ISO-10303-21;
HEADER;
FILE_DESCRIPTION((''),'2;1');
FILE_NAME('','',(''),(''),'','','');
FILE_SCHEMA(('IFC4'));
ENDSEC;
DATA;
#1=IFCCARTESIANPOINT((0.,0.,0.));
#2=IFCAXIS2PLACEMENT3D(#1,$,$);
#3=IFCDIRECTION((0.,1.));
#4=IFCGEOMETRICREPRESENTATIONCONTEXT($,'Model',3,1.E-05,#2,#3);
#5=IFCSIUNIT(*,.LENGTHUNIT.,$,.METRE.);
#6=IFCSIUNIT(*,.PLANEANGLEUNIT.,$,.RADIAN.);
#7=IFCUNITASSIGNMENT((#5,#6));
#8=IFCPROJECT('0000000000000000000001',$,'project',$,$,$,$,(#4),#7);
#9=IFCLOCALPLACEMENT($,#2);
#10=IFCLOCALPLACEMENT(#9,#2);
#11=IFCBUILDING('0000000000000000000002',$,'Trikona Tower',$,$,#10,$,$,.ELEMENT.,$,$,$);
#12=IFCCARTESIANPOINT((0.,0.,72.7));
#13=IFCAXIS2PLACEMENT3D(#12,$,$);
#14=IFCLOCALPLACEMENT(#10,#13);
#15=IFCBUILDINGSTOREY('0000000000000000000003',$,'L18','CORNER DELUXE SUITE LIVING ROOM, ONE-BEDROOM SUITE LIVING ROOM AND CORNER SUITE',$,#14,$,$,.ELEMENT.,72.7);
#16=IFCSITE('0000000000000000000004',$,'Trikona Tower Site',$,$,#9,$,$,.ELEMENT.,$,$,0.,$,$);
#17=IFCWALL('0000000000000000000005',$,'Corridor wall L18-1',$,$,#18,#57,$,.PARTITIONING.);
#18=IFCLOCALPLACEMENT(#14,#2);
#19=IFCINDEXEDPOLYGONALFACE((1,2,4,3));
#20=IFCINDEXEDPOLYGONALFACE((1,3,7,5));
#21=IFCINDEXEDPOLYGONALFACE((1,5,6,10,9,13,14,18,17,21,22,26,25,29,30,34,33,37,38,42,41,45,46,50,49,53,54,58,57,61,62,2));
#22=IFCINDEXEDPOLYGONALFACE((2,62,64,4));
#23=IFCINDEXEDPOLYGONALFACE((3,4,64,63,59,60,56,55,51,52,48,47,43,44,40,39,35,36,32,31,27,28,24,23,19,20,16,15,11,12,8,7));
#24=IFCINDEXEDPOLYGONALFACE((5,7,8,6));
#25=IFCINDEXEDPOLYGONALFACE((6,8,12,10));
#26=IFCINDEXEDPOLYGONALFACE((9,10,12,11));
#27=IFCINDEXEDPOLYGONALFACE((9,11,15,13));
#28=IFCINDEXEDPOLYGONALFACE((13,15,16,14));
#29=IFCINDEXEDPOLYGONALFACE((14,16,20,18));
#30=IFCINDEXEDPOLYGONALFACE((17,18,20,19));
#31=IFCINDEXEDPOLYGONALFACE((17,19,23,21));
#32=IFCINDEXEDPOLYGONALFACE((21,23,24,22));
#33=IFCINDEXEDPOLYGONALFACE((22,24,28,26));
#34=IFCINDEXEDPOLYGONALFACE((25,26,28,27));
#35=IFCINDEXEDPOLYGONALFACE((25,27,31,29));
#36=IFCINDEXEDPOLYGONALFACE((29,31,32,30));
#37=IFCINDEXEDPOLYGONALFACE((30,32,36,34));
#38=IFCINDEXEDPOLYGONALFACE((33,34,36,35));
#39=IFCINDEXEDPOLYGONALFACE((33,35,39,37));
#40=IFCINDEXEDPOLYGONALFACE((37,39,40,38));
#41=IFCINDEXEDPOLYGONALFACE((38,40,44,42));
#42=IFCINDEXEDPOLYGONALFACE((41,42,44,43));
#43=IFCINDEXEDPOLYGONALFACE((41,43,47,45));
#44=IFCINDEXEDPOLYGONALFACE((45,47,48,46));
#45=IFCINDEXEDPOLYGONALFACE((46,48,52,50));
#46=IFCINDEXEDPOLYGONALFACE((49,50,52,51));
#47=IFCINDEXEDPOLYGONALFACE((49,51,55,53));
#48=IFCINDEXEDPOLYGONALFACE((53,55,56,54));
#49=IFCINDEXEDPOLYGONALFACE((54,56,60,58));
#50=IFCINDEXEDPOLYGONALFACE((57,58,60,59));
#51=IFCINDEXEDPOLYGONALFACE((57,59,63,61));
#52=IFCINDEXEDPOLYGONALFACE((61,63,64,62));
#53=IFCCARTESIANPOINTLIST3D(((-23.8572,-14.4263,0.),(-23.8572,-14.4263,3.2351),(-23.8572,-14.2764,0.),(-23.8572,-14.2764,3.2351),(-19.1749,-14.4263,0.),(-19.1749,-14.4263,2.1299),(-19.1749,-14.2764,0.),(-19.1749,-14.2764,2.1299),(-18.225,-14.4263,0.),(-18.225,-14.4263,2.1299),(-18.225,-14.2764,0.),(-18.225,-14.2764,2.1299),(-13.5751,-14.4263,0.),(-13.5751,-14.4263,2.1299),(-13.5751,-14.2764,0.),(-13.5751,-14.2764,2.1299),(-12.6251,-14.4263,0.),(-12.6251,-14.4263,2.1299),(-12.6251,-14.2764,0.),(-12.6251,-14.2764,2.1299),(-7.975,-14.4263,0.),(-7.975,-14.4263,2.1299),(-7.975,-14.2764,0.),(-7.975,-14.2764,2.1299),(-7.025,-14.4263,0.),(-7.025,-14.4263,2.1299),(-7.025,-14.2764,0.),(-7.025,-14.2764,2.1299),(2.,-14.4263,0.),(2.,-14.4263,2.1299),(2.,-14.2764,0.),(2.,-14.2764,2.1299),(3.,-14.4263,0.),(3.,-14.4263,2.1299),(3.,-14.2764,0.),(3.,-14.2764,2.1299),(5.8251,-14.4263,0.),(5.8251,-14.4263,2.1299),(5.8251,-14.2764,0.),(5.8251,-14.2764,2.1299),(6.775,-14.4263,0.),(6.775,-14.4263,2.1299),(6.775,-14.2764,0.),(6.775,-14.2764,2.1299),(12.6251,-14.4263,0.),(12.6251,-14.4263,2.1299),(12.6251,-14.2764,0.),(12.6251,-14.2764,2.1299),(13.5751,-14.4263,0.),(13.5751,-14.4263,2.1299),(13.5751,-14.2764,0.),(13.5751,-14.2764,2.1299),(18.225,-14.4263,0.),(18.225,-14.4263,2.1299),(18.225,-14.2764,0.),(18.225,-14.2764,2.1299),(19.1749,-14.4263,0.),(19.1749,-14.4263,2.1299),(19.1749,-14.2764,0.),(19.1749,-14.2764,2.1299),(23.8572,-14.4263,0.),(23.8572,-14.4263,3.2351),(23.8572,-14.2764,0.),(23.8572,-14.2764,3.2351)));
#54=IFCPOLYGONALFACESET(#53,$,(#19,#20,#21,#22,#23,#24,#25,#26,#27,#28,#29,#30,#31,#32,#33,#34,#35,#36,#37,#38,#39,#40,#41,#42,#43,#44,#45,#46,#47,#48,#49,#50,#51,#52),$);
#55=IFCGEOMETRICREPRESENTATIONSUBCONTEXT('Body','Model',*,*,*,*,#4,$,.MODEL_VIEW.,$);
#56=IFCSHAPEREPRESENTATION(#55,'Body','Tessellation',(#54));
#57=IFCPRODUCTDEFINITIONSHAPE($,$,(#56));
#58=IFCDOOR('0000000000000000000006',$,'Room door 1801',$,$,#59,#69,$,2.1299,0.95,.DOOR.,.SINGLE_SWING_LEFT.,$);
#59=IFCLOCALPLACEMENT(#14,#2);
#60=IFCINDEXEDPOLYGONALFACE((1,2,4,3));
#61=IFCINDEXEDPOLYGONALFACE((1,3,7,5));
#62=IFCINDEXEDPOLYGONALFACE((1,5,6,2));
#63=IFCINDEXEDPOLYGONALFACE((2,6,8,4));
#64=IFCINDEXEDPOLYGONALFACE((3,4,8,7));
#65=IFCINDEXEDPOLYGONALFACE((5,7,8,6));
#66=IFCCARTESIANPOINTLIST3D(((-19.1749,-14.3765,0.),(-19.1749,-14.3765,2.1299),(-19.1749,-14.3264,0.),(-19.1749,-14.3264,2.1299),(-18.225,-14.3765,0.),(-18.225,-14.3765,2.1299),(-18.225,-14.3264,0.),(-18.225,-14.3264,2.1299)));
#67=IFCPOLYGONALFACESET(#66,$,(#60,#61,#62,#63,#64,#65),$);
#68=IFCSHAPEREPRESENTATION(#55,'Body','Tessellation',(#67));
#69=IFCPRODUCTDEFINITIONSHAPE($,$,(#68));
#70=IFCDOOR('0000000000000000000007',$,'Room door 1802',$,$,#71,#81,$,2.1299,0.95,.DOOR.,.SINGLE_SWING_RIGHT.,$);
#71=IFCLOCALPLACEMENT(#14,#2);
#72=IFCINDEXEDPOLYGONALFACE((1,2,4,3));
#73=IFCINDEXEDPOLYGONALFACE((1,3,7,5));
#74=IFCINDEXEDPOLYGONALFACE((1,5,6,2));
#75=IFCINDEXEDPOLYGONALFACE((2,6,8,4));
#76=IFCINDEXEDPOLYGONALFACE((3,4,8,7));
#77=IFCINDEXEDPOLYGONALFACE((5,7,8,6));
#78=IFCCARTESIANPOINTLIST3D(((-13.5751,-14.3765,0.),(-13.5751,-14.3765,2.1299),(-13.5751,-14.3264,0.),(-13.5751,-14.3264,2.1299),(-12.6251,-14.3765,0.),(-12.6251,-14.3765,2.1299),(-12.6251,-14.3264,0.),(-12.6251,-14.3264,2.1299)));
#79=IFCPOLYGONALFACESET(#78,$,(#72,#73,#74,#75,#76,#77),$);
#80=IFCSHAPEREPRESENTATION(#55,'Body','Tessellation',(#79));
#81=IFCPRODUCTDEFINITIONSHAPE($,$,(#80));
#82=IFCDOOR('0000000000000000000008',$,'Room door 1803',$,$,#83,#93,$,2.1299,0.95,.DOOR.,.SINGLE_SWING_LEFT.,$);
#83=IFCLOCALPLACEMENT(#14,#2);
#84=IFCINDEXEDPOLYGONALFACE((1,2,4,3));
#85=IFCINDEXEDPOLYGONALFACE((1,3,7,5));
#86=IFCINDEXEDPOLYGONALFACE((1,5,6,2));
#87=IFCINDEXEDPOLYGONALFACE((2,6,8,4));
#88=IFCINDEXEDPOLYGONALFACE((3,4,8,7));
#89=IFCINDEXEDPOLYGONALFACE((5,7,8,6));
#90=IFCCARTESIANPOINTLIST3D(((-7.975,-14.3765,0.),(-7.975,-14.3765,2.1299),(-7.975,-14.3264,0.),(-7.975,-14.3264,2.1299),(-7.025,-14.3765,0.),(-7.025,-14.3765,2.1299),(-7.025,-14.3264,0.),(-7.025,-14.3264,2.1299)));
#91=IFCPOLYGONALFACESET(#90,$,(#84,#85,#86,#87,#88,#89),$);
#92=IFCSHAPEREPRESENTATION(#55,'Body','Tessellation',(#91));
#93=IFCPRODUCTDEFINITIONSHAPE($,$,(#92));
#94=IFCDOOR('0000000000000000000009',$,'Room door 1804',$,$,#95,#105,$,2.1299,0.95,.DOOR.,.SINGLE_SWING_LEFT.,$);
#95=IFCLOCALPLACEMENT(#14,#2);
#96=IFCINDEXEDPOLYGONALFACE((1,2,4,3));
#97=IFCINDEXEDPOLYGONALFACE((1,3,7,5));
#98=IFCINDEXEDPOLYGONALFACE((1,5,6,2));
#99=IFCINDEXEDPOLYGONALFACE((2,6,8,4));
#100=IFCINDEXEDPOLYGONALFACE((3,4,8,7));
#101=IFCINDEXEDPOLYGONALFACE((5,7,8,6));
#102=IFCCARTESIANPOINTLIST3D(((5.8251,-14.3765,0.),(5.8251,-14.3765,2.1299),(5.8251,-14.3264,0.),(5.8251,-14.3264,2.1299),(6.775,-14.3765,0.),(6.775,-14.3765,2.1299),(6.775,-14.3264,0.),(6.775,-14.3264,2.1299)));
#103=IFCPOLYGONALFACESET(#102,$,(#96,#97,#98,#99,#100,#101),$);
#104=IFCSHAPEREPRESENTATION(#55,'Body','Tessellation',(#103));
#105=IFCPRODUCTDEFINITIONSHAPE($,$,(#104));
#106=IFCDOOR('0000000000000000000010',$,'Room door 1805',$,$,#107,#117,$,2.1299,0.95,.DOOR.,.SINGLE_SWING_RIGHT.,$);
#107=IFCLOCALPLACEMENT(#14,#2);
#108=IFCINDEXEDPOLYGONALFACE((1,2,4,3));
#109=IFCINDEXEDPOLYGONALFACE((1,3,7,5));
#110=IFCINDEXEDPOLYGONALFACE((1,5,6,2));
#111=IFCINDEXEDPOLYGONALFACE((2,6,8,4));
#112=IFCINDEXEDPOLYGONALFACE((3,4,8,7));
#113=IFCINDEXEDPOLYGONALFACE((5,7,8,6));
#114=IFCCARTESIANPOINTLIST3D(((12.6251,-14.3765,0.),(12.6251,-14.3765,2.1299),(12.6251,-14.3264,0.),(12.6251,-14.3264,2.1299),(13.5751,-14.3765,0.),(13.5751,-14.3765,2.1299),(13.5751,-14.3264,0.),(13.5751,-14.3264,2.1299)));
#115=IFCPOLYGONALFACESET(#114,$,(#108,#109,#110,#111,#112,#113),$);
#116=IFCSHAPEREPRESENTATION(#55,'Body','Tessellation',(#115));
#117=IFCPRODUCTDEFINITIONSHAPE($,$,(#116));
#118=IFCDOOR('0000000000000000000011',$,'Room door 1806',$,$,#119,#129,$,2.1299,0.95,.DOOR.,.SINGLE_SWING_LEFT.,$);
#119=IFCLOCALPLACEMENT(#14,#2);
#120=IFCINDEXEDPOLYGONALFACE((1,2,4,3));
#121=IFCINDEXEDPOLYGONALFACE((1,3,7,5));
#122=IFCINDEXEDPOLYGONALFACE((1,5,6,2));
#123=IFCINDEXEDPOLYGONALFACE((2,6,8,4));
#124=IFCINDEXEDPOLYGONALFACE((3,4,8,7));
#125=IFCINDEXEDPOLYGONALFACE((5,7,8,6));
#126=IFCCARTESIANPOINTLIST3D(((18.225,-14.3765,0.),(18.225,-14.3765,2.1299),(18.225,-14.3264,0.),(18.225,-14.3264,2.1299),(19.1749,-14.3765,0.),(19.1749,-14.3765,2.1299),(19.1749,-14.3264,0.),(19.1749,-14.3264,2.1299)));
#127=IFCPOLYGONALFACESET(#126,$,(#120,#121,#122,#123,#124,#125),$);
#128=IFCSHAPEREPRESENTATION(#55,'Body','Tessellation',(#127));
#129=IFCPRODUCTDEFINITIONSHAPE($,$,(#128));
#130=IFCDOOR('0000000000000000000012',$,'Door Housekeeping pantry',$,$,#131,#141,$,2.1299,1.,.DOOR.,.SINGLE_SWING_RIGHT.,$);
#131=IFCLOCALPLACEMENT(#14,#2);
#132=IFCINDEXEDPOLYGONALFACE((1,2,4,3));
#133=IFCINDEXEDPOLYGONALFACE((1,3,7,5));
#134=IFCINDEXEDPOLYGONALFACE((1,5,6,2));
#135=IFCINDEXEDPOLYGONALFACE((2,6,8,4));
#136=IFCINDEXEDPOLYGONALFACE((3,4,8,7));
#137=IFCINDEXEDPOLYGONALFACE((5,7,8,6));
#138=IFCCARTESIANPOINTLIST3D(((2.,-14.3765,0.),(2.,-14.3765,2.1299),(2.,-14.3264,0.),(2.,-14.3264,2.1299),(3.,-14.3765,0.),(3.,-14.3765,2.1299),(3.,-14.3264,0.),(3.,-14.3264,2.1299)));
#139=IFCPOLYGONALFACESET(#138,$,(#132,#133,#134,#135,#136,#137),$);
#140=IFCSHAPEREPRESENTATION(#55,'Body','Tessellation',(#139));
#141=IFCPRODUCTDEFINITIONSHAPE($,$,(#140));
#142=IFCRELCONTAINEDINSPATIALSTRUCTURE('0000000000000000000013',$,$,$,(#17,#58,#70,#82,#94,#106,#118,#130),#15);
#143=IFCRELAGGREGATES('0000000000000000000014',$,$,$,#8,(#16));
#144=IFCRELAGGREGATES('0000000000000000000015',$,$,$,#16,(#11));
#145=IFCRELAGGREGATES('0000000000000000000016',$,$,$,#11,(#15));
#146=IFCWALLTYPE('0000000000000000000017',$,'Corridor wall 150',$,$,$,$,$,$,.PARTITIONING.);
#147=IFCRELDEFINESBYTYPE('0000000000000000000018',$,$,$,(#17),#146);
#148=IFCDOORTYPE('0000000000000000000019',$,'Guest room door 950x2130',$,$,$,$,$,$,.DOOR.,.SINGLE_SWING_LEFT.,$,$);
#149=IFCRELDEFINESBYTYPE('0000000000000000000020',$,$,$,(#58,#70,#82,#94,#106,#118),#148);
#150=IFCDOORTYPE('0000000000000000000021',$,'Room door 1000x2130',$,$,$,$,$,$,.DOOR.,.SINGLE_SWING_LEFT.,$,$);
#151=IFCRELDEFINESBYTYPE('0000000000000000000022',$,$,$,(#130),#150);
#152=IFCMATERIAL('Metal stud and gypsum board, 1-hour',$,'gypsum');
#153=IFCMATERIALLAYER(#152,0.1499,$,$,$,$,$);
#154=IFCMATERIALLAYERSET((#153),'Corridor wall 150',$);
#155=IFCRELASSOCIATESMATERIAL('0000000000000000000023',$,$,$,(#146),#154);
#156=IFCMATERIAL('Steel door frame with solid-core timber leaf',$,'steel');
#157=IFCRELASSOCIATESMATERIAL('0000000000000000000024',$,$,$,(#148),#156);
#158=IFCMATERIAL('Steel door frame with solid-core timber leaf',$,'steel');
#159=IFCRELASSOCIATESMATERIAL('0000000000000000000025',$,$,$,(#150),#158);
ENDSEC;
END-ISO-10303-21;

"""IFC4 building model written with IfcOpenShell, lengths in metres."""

from ifc_helpers import new_model, si_unit, direction, frame, frame_2d, origin, place, context, subcontext, project, spatial, rectangle, extrude, material, layer, layer_set, type_object, element, fill, save


model = new_model("IFC4")

# Units and contexts
model_context = context("Model", 3, precision=1e-05, world=origin(), true_north=direction((0.0, 1.0)))
body_context = subcontext(model_context, "Body", "Model", "MODEL_VIEW")
ifc_project = project(units=[si_unit("LENGTHUNIT", "METRE"), si_unit("PLANEANGLEUNIT", "RADIAN")], contexts=[model_context])

# Site, building, storey
site_placement = place(None, origin())
site = spatial("IfcSite", under=ifc_project, at=site_placement, Name="Trikona Tower Site", CompositionType="ELEMENT", RefElevation=0.0)
building_placement = place(site_placement, origin())
building = spatial("IfcBuilding", under=site, at=building_placement, Name="Trikona Tower", CompositionType="ELEMENT")
storey_placement = place(building_placement, frame((0.0, 0.0, 72.7)))
storey = spatial("IfcBuildingStorey", under=building, at=storey_placement, Name="L18", Description="CORNER DELUXE SUITE LIVING ROOM, ONE-BEDROOM SUITE LIVING ROOM AND CORNER SUITE", CompositionType="ELEMENT", Elevation=72.7)

# Wall, openings, doors
ifc_material_1 = material(Name="Metal stud and gypsum board, 1-hour", Category="gypsum")
ifc_layer_1 = layer(ifc_material_1, 0.1499)
ifc_layer_set_1 = layer_set([ifc_layer_1], Name="Corridor wall 150")
wall_type_1 = type_object("IfcWallType", Name="Corridor wall 150", PredefinedType="PARTITIONING", material=ifc_layer_set_1)
wall_1_placement = place(storey_placement, frame((-23.8572, -14.3513, 0.0), z_axis=(0.0, 0.0, 1.0), x_axis=(1.0, 0.0, 0.0)))
wall_1 = element("IfcWall", 1, at=wall_1_placement, inside=storey, type_object=wall_type_1, Name="Corridor wall L18-1", PredefinedType="PARTITIONING", context=body_context, shape_type="SweptSolid", body=[
    extrude(rectangle(XDim=47.7144, YDim=0.1499, at=frame_2d((23.8572, 0.0))), origin(), (0.0, 0.0, 1.0), 3.2351),
])
opening_1_placement = place(wall_1_placement, frame((4.6821, 0.0, 0.0)))
opening_1 = element("IfcOpeningElement", 2, at=opening_1_placement, cuts=wall_1, PredefinedType="OPENING", context=body_context, shape_type="SweptSolid", body=[
    extrude(rectangle(XDim=0.95, YDim=2.1299, at=frame_2d((0.4751, 1.0649))), frame((0.0, 0.085, 0.0), z_axis=(0.0, -1.0, 0.0), x_axis=(1.0, 0.0, 0.0)), (0.0, 0.0, 1.0), 0.1699),
])
opening_2_placement = place(wall_1_placement, frame((10.282, 0.0, 0.0)))
opening_2 = element("IfcOpeningElement", 3, at=opening_2_placement, cuts=wall_1, PredefinedType="OPENING", context=body_context, shape_type="SweptSolid", body=[
    extrude(rectangle(XDim=0.95, YDim=2.1299, at=frame_2d((0.4751, 1.0649))), frame((0.0, 0.085, 0.0), z_axis=(0.0, -1.0, 0.0), x_axis=(1.0, 0.0, 0.0)), (0.0, 0.0, 1.0), 0.1699),
])
opening_3_placement = place(wall_1_placement, frame((15.8821, 0.0, 0.0)))
opening_3 = element("IfcOpeningElement", 4, at=opening_3_placement, cuts=wall_1, PredefinedType="OPENING", context=body_context, shape_type="SweptSolid", body=[
    extrude(rectangle(XDim=0.95, YDim=2.1299, at=frame_2d((0.4751, 1.0649))), frame((0.0, 0.085, 0.0), z_axis=(0.0, -1.0, 0.0), x_axis=(1.0, 0.0, 0.0)), (0.0, 0.0, 1.0), 0.1699),
])
opening_4_placement = place(wall_1_placement, frame((25.8572, 0.0, 0.0)))
opening_4 = element("IfcOpeningElement", 5, at=opening_4_placement, cuts=wall_1, PredefinedType="OPENING", context=body_context, shape_type="SweptSolid", body=[
    extrude(rectangle(XDim=1.0, YDim=2.1299, at=frame_2d((0.5, 1.0649))), frame((0.0, 0.085, 0.0), z_axis=(0.0, -1.0, 0.0), x_axis=(1.0, 0.0, 0.0)), (0.0, 0.0, 1.0), 0.1699),
])
opening_5_placement = place(wall_1_placement, frame((29.6821, 0.0, 0.0)))
opening_5 = element("IfcOpeningElement", 6, at=opening_5_placement, cuts=wall_1, PredefinedType="OPENING", context=body_context, shape_type="SweptSolid", body=[
    extrude(rectangle(XDim=0.95, YDim=2.1299, at=frame_2d((0.4751, 1.0649))), frame((0.0, 0.085, 0.0), z_axis=(0.0, -1.0, 0.0), x_axis=(1.0, 0.0, 0.0)), (0.0, 0.0, 1.0), 0.1699),
])
opening_6_placement = place(wall_1_placement, frame((36.4822, 0.0, 0.0)))
opening_6 = element("IfcOpeningElement", 7, at=opening_6_placement, cuts=wall_1, PredefinedType="OPENING", context=body_context, shape_type="SweptSolid", body=[
    extrude(rectangle(XDim=0.95, YDim=2.1299, at=frame_2d((0.4751, 1.0649))), frame((0.0, 0.085, 0.0), z_axis=(0.0, -1.0, 0.0), x_axis=(1.0, 0.0, 0.0)), (0.0, 0.0, 1.0), 0.1699),
])
opening_7_placement = place(wall_1_placement, frame((42.082, 0.0, 0.0)))
opening_7 = element("IfcOpeningElement", 8, at=opening_7_placement, cuts=wall_1, PredefinedType="OPENING", context=body_context, shape_type="SweptSolid", body=[
    extrude(rectangle(XDim=0.95, YDim=2.1299, at=frame_2d((0.4751, 1.0649))), frame((0.0, 0.085, 0.0), z_axis=(0.0, -1.0, 0.0), x_axis=(1.0, 0.0, 0.0)), (0.0, 0.0, 1.0), 0.1699),
])
ifc_material_2 = material(Name="Steel door frame with solid-core timber leaf", Category="steel")
door_type_1 = type_object("IfcDoorType", Name="Guest room door 950x2130", OperationType="SINGLE_SWING_LEFT", PredefinedType="DOOR", material=ifc_material_2)
door_1_placement = place(opening_1_placement, origin())
door_1 = element("IfcDoor", 9, at=door_1_placement, inside=storey, type_object=door_type_1, Name="Room door 1801", OperationType="SINGLE_SWING_LEFT", OverallHeight=2.1299, OverallWidth=0.95, PredefinedType="DOOR", context=body_context, shape_type="SweptSolid", body=[
    extrude(rectangle(XDim=0.95, YDim=2.1299, at=frame_2d((0.4751, 1.0649))), frame((0.0, 0.0249, 0.0), z_axis=(0.0, -1.0, 0.0), x_axis=(1.0, 0.0, 0.0)), (0.0, 0.0, 1.0), 0.05),
])
fill(opening_1, door_1)
door_2_placement = place(opening_2_placement, origin())
door_2 = element("IfcDoor", 10, at=door_2_placement, inside=storey, type_object=door_type_1, Name="Room door 1802", OperationType="SINGLE_SWING_RIGHT", OverallHeight=2.1299, OverallWidth=0.95, PredefinedType="DOOR", context=body_context, shape_type="SweptSolid", body=[
    extrude(rectangle(XDim=0.95, YDim=2.1299, at=frame_2d((0.4751, 1.0649))), frame((0.0, 0.0249, 0.0), z_axis=(0.0, -1.0, 0.0), x_axis=(1.0, 0.0, 0.0)), (0.0, 0.0, 1.0), 0.05),
])
fill(opening_2, door_2)
door_3_placement = place(opening_3_placement, origin())
door_3 = element("IfcDoor", 11, at=door_3_placement, inside=storey, type_object=door_type_1, Name="Room door 1803", OperationType="SINGLE_SWING_LEFT", OverallHeight=2.1299, OverallWidth=0.95, PredefinedType="DOOR", context=body_context, shape_type="SweptSolid", body=[
    extrude(rectangle(XDim=0.95, YDim=2.1299, at=frame_2d((0.4751, 1.0649))), frame((0.0, 0.0249, 0.0), z_axis=(0.0, -1.0, 0.0), x_axis=(1.0, 0.0, 0.0)), (0.0, 0.0, 1.0), 0.05),
])
fill(opening_3, door_3)
door_4_placement = place(opening_5_placement, origin())
door_4 = element("IfcDoor", 12, at=door_4_placement, inside=storey, type_object=door_type_1, Name="Room door 1804", OperationType="SINGLE_SWING_LEFT", OverallHeight=2.1299, OverallWidth=0.95, PredefinedType="DOOR", context=body_context, shape_type="SweptSolid", body=[
    extrude(rectangle(XDim=0.95, YDim=2.1299, at=frame_2d((0.4751, 1.0649))), frame((0.0, 0.0249, 0.0), z_axis=(0.0, -1.0, 0.0), x_axis=(1.0, 0.0, 0.0)), (0.0, 0.0, 1.0), 0.05),
])
fill(opening_5, door_4)
door_5_placement = place(opening_6_placement, origin())
door_5 = element("IfcDoor", 13, at=door_5_placement, inside=storey, type_object=door_type_1, Name="Room door 1805", OperationType="SINGLE_SWING_RIGHT", OverallHeight=2.1299, OverallWidth=0.95, PredefinedType="DOOR", context=body_context, shape_type="SweptSolid", body=[
    extrude(rectangle(XDim=0.95, YDim=2.1299, at=frame_2d((0.4751, 1.0649))), frame((0.0, 0.0249, 0.0), z_axis=(0.0, -1.0, 0.0), x_axis=(1.0, 0.0, 0.0)), (0.0, 0.0, 1.0), 0.05),
])
fill(opening_6, door_5)
door_6_placement = place(opening_7_placement, origin())
door_6 = element("IfcDoor", 14, at=door_6_placement, inside=storey, type_object=door_type_1, Name="Room door 1806", OperationType="SINGLE_SWING_LEFT", OverallHeight=2.1299, OverallWidth=0.95, PredefinedType="DOOR", context=body_context, shape_type="SweptSolid", body=[
    extrude(rectangle(XDim=0.95, YDim=2.1299, at=frame_2d((0.4751, 1.0649))), frame((0.0, 0.0249, 0.0), z_axis=(0.0, -1.0, 0.0), x_axis=(1.0, 0.0, 0.0)), (0.0, 0.0, 1.0), 0.05),
])
fill(opening_7, door_6)
ifc_material_3 = material(Name="Steel door frame with solid-core timber leaf", Category="steel")
door_type_2 = type_object("IfcDoorType", Name="Room door 1000x2130", OperationType="SINGLE_SWING_LEFT", PredefinedType="DOOR", material=ifc_material_3)
door_7_placement = place(opening_4_placement, origin())
door_7 = element("IfcDoor", 15, at=door_7_placement, inside=storey, type_object=door_type_2, Name="Door Housekeeping pantry", OperationType="SINGLE_SWING_RIGHT", OverallHeight=2.1299, OverallWidth=1.0, PredefinedType="DOOR", context=body_context, shape_type="SweptSolid", body=[
    extrude(rectangle(XDim=1.0, YDim=2.1299, at=frame_2d((0.5, 1.0649))), frame((0.0, 0.0249, 0.0), z_axis=(0.0, -1.0, 0.0), x_axis=(1.0, 0.0, 0.0)), (0.0, 0.0, 1.0), 0.05),
])
fill(opening_4, door_7)

save(model, "model.ifc")
